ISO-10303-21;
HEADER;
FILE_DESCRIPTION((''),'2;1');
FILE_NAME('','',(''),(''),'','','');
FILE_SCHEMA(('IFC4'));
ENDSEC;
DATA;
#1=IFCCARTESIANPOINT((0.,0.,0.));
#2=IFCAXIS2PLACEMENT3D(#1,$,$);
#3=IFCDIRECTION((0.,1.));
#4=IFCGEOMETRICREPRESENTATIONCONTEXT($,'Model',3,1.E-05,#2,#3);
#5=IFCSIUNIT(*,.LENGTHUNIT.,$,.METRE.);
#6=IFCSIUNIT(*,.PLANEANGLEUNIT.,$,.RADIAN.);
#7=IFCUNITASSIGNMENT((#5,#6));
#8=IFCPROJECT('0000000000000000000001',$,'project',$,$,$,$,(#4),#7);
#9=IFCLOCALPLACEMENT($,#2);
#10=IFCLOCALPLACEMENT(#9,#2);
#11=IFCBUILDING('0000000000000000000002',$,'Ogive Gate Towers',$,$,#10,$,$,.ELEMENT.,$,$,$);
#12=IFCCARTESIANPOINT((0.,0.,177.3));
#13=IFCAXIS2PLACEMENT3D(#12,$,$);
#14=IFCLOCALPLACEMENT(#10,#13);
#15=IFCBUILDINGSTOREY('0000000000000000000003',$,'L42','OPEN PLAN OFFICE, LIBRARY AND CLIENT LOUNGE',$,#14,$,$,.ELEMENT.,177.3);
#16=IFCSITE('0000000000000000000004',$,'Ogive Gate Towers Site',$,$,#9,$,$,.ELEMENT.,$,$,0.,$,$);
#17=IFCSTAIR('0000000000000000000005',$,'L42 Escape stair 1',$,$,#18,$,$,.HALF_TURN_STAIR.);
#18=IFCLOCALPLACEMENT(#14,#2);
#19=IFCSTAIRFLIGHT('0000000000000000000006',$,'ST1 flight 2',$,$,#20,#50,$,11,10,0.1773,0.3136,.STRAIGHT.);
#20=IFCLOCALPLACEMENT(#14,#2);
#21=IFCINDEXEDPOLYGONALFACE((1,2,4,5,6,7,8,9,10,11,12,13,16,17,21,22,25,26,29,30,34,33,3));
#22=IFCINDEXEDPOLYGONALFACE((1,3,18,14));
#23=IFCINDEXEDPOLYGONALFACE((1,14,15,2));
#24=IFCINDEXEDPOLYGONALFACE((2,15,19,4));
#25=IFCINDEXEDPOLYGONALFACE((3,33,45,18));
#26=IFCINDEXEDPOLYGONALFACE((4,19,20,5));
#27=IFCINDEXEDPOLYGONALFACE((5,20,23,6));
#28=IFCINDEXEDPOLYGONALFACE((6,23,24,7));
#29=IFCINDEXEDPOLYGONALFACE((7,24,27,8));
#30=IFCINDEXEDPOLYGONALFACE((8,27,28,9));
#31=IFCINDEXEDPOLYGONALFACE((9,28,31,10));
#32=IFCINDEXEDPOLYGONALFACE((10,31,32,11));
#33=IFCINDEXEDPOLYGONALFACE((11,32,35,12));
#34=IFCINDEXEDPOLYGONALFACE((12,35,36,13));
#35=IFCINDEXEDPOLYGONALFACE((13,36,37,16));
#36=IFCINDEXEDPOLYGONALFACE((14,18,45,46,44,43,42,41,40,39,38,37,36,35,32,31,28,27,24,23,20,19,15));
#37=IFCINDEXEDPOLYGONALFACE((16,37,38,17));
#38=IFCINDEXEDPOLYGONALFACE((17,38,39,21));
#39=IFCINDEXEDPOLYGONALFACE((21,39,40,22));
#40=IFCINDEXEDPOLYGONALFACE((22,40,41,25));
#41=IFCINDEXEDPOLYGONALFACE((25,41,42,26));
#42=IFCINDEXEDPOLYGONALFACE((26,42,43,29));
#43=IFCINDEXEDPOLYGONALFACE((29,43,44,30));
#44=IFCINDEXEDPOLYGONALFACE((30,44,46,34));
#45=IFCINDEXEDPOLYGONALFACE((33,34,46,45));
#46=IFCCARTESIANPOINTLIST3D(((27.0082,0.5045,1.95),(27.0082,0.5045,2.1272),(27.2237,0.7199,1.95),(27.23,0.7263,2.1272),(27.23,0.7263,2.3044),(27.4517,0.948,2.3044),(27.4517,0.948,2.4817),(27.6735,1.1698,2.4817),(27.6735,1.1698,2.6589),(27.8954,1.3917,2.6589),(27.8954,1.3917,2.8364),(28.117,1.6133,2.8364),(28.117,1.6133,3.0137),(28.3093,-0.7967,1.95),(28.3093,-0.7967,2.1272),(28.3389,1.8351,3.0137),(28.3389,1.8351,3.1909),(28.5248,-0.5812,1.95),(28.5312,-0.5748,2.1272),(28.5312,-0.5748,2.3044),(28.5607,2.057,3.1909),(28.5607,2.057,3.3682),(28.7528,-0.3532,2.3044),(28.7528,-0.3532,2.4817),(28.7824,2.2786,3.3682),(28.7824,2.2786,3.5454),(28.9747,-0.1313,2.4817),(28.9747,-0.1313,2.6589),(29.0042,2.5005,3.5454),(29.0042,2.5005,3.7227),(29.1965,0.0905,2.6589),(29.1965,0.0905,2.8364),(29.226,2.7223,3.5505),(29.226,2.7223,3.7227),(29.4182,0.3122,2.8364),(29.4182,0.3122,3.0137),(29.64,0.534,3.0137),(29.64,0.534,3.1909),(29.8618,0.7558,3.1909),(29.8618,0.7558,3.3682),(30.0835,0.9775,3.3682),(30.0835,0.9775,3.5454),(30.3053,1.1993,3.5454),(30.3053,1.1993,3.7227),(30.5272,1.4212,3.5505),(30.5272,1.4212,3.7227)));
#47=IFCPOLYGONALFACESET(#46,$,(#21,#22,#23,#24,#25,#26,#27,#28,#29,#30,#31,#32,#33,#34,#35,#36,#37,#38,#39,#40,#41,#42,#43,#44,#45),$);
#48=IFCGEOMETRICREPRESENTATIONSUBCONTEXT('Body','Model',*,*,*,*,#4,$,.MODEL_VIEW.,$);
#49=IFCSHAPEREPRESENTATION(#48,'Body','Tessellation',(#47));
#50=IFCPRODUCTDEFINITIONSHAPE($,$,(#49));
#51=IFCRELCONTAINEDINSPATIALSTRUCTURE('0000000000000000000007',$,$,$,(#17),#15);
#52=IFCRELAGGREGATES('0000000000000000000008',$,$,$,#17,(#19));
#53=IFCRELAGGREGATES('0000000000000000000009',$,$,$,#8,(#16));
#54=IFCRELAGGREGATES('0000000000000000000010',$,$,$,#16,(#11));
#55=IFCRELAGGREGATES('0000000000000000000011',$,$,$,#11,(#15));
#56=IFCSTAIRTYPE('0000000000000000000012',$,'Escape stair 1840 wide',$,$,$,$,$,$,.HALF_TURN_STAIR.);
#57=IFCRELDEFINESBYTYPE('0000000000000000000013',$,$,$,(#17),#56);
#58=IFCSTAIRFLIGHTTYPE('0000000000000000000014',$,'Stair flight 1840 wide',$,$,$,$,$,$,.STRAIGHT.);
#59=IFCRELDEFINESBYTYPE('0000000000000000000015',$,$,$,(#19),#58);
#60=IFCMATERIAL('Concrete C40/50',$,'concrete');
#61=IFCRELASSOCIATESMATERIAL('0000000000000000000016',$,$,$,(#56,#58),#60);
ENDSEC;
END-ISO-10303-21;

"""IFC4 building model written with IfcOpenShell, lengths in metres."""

from ifc_helpers import new_model, si_unit, direction, frame, origin, place, context, subcontext, project, spatial, polyline, outline, extrude, material, type_object, element, aggregate, save


model = new_model("IFC4")

# Units and contexts
model_context = context("Model", 3, precision=1e-05, world=origin(), true_north=direction((0.0, 1.0)))
body_context = subcontext(model_context, "Body", "Model", "MODEL_VIEW")
ifc_project = project(units=[si_unit("LENGTHUNIT", "METRE"), si_unit("PLANEANGLEUNIT", "RADIAN")], contexts=[model_context])

# Site, building, storey
site_placement = place(None, origin())
site = spatial("IfcSite", under=ifc_project, at=site_placement, Name="Ogive Gate Towers Site", CompositionType="ELEMENT", RefElevation=0.0)
building_placement = place(site_placement, origin())
building = spatial("IfcBuilding", under=site, at=building_placement, Name="Ogive Gate Towers", CompositionType="ELEMENT")
storey_placement = place(building_placement, frame((0.0, 0.0, 177.3)))
storey = spatial("IfcBuildingStorey", under=building, at=storey_placement, Name="L42", Description="OPEN PLAN OFFICE, LIBRARY AND CLIENT LOUNGE", CompositionType="ELEMENT", Elevation=177.3)

# Stair, stair flight
ifc_material_1 = material(Name="Concrete C40/50", Category="concrete")
stair_type = type_object("IfcStairType", Name="Escape stair 1840 wide", PredefinedType="HALF_TURN_STAIR", material=ifc_material_1)
stair_placement = place(storey_placement, origin())
stair = element("IfcStair", 1, at=stair_placement, inside=storey, type_object=stair_type, Name="L42 Escape stair 1", PredefinedType="HALF_TURN_STAIR")
stair_flight_type = type_object("IfcStairFlightType", Name="Stair flight 1840 wide", PredefinedType="STRAIGHT", material=ifc_material_1)
stair_flight_placement = place(storey_placement, frame((27.6587, -0.146, 1.95), z_axis=(0.0, 0.0, 1.0), x_axis=(0.707107, 0.707107, 0.0)))
stair_flight = element("IfcStairFlight", 2, at=stair_flight_placement, type_object=stair_flight_type, Name="ST1 flight 2", NumberOfRisers=11, NumberOfTreads=10, PredefinedType="STRAIGHT", RiserHeight=0.1773, TreadLength=0.3136, context=body_context, shape_type="SweptSolid", body=[
    extrude(outline(polyline([(0.0, 0.0), (0.0, 0.1772), (0.3137, 0.1772), (0.3137, 0.3545), (0.6272, 0.3545), (0.6272, 0.5317), (0.9409, 0.5317), (0.9409, 0.709), (1.2546, 0.709), (1.2546, 0.8865), (1.5681, 0.8865), (1.5681, 1.0637), (1.8818, 1.0637), (1.8818, 1.241), (2.1956, 1.241), (2.1956, 1.4182), (2.509, 1.4182), (2.509, 1.5955), (2.8228, 1.5955), (2.8228, 1.7727), (3.1365, 1.7727), (3.1365, 1.95), (3.1365, 1.6006), (0.3047, 0.0), (0.0, 0.0)])), frame((0.0, 0.9199, 0.0), z_axis=(0.0, -1.0, 0.0), x_axis=(1.0, 0.0, 0.0)), (0.0, 0.0, 1.0), 1.8401),
])
aggregate(stair, [stair_flight])

save(model, "model.ifc")
